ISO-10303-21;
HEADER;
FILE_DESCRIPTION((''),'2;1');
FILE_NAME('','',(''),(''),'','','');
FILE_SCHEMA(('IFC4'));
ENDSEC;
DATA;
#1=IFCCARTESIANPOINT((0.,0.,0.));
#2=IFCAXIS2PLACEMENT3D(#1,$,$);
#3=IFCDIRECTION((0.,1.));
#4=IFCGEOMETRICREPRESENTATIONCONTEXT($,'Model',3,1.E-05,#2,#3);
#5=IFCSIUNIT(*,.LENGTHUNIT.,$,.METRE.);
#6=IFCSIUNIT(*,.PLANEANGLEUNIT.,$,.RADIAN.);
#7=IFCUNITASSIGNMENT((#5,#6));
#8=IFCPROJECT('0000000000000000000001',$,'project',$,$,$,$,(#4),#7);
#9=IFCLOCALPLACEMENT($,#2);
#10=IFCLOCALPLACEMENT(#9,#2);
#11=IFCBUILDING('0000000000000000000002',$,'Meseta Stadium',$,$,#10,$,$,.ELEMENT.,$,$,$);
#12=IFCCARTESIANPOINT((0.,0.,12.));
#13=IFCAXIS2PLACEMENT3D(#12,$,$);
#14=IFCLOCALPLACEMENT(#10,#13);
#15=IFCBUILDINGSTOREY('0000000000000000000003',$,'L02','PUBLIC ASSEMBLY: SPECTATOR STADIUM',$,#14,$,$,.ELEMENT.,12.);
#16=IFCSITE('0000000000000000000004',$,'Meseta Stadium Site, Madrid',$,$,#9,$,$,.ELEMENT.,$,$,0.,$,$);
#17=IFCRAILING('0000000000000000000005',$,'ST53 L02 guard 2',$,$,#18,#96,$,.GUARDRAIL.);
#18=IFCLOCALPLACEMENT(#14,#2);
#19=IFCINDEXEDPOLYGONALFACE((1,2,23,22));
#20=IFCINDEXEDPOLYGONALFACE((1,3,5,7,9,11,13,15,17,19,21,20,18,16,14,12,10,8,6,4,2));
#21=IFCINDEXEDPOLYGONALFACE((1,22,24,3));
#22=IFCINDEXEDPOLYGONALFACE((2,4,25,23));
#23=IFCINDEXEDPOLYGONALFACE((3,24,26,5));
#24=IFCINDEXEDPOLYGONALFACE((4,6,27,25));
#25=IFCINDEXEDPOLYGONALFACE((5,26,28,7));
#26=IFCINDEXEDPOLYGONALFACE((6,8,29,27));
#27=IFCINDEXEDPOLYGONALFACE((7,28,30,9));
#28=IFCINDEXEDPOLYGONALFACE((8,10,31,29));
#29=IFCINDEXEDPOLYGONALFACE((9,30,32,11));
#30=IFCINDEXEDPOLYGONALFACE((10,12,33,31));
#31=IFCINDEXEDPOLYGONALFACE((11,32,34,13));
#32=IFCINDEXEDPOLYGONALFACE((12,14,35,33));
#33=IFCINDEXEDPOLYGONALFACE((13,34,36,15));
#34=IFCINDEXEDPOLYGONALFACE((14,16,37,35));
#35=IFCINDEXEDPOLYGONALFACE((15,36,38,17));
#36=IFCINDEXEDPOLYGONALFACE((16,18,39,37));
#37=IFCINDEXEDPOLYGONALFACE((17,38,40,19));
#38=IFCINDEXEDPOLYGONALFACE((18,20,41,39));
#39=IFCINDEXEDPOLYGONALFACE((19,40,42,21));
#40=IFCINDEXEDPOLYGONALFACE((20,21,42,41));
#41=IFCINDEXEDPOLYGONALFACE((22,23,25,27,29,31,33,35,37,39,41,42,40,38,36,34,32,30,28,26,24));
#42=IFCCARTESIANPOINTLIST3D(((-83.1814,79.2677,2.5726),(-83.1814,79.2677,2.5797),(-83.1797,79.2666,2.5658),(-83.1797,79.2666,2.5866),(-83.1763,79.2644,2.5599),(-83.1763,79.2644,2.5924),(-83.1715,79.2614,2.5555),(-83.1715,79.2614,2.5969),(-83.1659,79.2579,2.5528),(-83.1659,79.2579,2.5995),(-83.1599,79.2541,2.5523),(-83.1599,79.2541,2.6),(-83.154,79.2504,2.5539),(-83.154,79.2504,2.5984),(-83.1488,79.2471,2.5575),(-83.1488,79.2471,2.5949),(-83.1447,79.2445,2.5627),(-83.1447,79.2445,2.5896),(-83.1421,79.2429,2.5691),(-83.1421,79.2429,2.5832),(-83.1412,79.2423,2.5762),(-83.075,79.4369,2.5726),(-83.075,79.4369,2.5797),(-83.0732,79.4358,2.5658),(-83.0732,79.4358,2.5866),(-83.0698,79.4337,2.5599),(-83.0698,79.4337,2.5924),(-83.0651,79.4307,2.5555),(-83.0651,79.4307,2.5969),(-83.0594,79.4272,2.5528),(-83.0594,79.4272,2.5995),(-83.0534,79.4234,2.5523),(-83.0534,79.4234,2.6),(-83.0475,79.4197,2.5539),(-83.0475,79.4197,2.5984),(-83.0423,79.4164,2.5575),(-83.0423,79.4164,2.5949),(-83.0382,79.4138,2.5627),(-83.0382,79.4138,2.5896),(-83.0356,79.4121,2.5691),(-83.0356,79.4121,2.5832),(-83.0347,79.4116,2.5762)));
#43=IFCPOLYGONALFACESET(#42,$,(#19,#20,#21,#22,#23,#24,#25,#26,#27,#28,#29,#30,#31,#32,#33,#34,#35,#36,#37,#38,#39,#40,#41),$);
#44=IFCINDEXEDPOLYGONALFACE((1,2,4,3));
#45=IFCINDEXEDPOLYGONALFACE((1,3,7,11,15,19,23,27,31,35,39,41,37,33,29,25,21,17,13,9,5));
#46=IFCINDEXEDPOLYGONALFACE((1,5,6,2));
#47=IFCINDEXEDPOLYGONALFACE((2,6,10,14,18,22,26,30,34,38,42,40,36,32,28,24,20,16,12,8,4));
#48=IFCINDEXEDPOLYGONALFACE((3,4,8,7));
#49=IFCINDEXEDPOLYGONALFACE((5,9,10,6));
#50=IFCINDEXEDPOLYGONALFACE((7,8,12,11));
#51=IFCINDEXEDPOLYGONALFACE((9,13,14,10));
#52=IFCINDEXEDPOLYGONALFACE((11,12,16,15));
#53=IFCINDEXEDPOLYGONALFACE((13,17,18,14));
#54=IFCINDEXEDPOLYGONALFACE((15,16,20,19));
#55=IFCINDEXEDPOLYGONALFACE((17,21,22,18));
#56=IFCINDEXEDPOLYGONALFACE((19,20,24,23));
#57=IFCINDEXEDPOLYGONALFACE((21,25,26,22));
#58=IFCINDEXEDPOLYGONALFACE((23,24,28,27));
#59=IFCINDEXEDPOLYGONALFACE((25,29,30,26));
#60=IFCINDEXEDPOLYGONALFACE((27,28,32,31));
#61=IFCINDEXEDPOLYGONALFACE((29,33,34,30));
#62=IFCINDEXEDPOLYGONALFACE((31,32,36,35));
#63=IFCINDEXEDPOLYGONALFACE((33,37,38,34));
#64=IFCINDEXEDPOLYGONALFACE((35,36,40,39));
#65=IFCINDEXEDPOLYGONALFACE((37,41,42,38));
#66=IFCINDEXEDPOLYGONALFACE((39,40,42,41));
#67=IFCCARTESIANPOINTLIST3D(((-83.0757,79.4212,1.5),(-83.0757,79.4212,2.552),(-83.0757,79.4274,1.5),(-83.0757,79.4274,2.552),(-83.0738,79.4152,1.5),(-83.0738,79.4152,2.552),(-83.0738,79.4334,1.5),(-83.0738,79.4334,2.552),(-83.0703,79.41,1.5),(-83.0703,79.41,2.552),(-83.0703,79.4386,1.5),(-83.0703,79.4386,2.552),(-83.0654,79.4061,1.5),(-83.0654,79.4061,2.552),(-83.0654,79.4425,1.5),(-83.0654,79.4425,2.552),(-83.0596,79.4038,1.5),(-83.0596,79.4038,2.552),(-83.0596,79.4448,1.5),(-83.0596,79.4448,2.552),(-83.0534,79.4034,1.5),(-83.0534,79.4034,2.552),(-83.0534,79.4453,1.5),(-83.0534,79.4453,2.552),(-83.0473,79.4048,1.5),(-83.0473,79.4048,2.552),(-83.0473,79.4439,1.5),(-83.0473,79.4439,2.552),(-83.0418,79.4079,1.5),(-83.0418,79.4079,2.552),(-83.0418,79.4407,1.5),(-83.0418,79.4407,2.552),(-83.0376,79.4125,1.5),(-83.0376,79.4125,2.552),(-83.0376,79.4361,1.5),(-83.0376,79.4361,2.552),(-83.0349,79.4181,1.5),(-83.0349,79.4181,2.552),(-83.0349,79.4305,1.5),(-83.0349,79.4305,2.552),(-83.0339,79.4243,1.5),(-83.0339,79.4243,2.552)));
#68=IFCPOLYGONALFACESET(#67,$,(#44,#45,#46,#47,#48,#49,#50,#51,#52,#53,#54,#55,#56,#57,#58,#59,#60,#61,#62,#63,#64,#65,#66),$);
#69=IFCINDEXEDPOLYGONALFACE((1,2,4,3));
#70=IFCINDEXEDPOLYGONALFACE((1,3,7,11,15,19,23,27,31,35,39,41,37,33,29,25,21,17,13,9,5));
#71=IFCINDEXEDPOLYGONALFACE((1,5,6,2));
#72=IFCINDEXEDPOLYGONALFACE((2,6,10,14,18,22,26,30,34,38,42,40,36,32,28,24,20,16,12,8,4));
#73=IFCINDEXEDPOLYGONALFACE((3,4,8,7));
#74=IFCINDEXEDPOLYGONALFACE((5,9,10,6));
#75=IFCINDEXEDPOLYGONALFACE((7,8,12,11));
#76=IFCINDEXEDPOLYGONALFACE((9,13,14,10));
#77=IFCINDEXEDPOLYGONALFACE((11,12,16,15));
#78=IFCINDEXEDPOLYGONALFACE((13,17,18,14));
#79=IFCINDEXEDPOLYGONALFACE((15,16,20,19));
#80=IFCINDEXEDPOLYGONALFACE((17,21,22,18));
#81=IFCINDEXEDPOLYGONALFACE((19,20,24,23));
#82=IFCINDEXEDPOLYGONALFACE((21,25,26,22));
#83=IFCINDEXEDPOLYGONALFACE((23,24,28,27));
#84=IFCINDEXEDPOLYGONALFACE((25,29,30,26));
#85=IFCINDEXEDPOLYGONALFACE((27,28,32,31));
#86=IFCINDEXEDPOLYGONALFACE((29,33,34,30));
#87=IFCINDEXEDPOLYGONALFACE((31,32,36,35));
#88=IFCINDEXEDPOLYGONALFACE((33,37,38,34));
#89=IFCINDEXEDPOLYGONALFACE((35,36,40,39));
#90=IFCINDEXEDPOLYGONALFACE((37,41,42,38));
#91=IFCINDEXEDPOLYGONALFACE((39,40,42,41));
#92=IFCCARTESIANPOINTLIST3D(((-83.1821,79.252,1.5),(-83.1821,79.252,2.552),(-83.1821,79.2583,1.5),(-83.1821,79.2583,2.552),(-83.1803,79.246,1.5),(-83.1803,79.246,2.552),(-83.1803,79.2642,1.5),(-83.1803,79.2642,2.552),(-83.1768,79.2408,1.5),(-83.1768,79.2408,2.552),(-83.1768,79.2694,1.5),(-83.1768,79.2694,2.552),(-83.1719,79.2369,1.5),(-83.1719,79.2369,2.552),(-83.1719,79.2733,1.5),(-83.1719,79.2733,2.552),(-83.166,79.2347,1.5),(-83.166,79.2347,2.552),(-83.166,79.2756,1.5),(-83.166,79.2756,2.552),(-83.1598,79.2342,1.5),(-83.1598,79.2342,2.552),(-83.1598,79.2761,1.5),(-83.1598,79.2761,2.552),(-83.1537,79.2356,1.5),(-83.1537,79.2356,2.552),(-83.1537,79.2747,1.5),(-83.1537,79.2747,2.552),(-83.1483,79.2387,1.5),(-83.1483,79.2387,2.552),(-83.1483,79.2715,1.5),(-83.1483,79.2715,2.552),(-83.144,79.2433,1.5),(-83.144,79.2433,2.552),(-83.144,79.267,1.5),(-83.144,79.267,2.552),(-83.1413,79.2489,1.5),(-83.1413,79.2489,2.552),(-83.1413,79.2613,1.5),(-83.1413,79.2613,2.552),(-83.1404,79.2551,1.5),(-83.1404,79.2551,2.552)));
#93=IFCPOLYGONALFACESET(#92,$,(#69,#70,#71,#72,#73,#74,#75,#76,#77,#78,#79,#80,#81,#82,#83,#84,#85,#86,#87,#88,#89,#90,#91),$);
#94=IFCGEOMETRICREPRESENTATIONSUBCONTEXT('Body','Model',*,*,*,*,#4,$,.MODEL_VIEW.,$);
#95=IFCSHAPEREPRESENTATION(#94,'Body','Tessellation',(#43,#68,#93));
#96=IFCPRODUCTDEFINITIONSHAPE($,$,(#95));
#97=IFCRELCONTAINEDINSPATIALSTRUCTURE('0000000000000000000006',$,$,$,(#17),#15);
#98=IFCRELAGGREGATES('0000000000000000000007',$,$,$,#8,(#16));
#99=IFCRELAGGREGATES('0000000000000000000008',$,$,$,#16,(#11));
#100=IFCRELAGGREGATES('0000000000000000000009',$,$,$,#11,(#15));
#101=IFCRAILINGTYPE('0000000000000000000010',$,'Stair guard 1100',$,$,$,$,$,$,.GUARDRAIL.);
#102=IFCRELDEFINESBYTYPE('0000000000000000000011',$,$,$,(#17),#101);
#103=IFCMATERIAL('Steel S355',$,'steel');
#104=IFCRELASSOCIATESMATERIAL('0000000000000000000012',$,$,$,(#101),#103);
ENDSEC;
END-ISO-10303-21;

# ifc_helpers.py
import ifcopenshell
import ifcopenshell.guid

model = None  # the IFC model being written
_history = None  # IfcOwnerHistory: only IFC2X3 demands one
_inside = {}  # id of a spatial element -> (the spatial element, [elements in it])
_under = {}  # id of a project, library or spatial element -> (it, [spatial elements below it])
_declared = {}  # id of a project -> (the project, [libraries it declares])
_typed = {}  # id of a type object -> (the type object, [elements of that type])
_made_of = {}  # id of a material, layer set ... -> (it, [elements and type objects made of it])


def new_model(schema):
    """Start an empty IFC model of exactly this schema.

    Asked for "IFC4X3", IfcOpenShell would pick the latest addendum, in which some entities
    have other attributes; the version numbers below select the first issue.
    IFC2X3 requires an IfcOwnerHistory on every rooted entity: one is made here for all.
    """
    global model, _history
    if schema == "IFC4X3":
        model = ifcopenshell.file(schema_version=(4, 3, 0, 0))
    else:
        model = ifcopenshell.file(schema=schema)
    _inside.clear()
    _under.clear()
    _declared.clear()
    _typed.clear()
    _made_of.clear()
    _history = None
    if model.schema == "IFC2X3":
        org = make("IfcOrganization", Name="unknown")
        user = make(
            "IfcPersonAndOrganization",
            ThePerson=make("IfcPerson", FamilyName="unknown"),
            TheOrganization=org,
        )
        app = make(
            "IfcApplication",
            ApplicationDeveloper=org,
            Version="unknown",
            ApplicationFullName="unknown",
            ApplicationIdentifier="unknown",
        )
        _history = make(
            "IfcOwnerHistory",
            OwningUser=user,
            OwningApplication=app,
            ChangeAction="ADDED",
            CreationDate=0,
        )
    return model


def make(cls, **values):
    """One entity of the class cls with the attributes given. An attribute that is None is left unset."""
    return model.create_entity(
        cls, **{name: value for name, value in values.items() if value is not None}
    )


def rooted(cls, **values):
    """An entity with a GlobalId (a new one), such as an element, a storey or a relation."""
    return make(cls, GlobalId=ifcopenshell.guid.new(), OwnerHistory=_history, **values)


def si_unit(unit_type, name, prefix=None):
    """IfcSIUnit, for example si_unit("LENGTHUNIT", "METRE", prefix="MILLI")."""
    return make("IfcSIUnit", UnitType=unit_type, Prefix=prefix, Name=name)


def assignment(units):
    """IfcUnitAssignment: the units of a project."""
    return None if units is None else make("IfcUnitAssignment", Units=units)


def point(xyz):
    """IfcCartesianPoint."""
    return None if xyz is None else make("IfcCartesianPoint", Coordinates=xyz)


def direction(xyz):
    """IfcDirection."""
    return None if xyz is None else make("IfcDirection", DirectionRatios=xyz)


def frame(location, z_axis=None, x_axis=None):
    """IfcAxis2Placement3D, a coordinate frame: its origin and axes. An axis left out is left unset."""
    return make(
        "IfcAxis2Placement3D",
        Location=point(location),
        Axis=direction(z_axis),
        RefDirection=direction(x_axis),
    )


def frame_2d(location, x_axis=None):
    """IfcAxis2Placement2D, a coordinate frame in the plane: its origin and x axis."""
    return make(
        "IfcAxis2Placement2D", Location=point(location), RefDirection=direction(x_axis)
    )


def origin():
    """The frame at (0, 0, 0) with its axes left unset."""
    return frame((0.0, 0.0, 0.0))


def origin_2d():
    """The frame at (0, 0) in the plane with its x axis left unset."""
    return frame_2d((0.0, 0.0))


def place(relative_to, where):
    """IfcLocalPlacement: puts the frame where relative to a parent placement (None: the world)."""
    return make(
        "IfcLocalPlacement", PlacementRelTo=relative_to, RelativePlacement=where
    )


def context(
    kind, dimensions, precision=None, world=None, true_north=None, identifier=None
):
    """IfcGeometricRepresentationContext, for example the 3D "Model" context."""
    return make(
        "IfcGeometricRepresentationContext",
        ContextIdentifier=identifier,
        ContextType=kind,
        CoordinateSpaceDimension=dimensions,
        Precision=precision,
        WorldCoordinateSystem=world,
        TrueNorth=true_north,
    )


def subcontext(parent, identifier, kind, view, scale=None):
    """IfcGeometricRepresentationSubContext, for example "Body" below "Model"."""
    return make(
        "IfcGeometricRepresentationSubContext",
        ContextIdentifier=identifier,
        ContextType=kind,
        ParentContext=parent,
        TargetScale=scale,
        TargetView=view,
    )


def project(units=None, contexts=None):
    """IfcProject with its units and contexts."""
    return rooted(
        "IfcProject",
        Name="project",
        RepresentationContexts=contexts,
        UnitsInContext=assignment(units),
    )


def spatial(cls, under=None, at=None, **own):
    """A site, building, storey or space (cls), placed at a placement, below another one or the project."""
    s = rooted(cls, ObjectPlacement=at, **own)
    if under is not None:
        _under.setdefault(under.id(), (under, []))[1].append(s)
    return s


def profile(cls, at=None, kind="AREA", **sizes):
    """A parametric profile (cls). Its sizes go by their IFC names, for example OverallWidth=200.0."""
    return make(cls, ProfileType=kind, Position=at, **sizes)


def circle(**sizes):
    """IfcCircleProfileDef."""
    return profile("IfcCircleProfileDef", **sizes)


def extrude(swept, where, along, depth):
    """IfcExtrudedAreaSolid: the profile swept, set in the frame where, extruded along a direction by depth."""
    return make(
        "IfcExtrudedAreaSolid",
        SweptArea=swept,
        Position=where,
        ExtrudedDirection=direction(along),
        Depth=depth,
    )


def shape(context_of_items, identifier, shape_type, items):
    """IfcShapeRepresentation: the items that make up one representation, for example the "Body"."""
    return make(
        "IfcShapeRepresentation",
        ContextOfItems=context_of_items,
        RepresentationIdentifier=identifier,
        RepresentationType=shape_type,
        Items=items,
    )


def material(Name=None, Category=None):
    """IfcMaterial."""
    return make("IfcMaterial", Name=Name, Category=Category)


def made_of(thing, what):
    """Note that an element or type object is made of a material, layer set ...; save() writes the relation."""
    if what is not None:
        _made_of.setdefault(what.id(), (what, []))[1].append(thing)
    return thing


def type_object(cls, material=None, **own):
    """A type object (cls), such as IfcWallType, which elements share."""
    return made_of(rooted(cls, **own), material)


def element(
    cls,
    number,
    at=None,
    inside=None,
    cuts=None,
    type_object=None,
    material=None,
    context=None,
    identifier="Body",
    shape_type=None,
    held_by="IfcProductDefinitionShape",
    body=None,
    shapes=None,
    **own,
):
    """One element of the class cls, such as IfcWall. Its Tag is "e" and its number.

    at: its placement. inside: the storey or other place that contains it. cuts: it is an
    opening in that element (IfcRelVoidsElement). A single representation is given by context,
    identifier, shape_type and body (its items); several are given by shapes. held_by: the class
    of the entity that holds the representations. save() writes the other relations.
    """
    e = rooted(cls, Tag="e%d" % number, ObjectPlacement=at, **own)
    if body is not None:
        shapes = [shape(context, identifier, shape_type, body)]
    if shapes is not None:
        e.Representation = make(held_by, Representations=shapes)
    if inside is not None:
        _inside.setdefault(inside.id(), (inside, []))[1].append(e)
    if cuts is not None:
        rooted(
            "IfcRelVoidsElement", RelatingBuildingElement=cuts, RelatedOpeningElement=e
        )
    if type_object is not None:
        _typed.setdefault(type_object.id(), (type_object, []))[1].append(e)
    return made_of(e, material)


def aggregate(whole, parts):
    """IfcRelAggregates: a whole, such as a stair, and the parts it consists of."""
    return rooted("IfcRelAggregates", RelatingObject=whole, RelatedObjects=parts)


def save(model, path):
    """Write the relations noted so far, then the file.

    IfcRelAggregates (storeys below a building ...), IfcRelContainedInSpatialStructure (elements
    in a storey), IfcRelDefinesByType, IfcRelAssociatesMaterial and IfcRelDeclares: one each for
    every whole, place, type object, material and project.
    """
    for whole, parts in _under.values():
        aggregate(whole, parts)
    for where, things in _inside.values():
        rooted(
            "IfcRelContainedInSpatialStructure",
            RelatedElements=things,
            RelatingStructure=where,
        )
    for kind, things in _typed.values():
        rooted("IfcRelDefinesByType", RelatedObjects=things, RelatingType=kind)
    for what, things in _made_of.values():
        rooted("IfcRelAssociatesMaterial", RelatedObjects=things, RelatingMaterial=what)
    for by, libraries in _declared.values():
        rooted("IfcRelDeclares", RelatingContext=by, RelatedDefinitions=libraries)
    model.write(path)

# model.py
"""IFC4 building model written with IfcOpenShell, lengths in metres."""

from ifc_helpers import new_model, si_unit, direction, frame, origin, origin_2d, place, context, subcontext, project, spatial, circle, extrude, material, type_object, element, save


model = new_model("IFC4")

# Units and contexts
model_context = context("Model", 3, precision=1e-05, world=origin(), true_north=direction((0.0, 1.0)))
body_context = subcontext(model_context, "Body", "Model", "MODEL_VIEW")
ifc_project = project(units=[si_unit("LENGTHUNIT", "METRE"), si_unit("PLANEANGLEUNIT", "RADIAN")], contexts=[model_context])

# Site, building, storey
site_placement = place(None, origin())
site = spatial("IfcSite", under=ifc_project, at=site_placement, Name="Meseta Stadium Site, Madrid", CompositionType="ELEMENT", RefElevation=0.0)
building_placement = place(site_placement, origin())
building = spatial("IfcBuilding", under=site, at=building_placement, Name="Meseta Stadium", CompositionType="ELEMENT")
storey_placement = place(building_placement, frame((0.0, 0.0, 12.0)))
storey = spatial("IfcBuildingStorey", under=building, at=storey_placement, Name="L02", Description="PUBLIC ASSEMBLY: SPECTATOR STADIUM", CompositionType="ELEMENT", Elevation=12.0)

# Railing
ifc_material_1 = material(Name="Steel S355", Category="steel")
railing_type_1 = type_object("IfcRailingType", Name="Stair guard 1100", PredefinedType="GUARDRAIL", material=ifc_material_1)
railing_1_placement = place(storey_placement, frame((-83.0549, 79.4243, 1.5)))
element("IfcRailing", 1, at=railing_1_placement, inside=storey, type_object=railing_type_1, Name="ST53 L02 guard 2", PredefinedType="GUARDRAIL", context=body_context, shape_type="SweptSolid", body=[
    extrude(circle(Radius=0.0239, at=origin_2d()), frame((0.0, 0.0, 1.0762), z_axis=(-0.532522, -0.846416, 0.0), x_axis=(0.846416, -0.532522, 0.0)), (0.0, 0.0, 1.0), 0.2),
    extrude(circle(Radius=0.021, at=origin_2d()), origin(), (0.0, 0.0, 1.0), 1.052),
    extrude(circle(Radius=0.021, at=origin_2d()), frame((-0.1064, -0.1692, 0.0)), (0.0, 0.0, 1.0), 1.052),
])

save(model, "model.ifc")
